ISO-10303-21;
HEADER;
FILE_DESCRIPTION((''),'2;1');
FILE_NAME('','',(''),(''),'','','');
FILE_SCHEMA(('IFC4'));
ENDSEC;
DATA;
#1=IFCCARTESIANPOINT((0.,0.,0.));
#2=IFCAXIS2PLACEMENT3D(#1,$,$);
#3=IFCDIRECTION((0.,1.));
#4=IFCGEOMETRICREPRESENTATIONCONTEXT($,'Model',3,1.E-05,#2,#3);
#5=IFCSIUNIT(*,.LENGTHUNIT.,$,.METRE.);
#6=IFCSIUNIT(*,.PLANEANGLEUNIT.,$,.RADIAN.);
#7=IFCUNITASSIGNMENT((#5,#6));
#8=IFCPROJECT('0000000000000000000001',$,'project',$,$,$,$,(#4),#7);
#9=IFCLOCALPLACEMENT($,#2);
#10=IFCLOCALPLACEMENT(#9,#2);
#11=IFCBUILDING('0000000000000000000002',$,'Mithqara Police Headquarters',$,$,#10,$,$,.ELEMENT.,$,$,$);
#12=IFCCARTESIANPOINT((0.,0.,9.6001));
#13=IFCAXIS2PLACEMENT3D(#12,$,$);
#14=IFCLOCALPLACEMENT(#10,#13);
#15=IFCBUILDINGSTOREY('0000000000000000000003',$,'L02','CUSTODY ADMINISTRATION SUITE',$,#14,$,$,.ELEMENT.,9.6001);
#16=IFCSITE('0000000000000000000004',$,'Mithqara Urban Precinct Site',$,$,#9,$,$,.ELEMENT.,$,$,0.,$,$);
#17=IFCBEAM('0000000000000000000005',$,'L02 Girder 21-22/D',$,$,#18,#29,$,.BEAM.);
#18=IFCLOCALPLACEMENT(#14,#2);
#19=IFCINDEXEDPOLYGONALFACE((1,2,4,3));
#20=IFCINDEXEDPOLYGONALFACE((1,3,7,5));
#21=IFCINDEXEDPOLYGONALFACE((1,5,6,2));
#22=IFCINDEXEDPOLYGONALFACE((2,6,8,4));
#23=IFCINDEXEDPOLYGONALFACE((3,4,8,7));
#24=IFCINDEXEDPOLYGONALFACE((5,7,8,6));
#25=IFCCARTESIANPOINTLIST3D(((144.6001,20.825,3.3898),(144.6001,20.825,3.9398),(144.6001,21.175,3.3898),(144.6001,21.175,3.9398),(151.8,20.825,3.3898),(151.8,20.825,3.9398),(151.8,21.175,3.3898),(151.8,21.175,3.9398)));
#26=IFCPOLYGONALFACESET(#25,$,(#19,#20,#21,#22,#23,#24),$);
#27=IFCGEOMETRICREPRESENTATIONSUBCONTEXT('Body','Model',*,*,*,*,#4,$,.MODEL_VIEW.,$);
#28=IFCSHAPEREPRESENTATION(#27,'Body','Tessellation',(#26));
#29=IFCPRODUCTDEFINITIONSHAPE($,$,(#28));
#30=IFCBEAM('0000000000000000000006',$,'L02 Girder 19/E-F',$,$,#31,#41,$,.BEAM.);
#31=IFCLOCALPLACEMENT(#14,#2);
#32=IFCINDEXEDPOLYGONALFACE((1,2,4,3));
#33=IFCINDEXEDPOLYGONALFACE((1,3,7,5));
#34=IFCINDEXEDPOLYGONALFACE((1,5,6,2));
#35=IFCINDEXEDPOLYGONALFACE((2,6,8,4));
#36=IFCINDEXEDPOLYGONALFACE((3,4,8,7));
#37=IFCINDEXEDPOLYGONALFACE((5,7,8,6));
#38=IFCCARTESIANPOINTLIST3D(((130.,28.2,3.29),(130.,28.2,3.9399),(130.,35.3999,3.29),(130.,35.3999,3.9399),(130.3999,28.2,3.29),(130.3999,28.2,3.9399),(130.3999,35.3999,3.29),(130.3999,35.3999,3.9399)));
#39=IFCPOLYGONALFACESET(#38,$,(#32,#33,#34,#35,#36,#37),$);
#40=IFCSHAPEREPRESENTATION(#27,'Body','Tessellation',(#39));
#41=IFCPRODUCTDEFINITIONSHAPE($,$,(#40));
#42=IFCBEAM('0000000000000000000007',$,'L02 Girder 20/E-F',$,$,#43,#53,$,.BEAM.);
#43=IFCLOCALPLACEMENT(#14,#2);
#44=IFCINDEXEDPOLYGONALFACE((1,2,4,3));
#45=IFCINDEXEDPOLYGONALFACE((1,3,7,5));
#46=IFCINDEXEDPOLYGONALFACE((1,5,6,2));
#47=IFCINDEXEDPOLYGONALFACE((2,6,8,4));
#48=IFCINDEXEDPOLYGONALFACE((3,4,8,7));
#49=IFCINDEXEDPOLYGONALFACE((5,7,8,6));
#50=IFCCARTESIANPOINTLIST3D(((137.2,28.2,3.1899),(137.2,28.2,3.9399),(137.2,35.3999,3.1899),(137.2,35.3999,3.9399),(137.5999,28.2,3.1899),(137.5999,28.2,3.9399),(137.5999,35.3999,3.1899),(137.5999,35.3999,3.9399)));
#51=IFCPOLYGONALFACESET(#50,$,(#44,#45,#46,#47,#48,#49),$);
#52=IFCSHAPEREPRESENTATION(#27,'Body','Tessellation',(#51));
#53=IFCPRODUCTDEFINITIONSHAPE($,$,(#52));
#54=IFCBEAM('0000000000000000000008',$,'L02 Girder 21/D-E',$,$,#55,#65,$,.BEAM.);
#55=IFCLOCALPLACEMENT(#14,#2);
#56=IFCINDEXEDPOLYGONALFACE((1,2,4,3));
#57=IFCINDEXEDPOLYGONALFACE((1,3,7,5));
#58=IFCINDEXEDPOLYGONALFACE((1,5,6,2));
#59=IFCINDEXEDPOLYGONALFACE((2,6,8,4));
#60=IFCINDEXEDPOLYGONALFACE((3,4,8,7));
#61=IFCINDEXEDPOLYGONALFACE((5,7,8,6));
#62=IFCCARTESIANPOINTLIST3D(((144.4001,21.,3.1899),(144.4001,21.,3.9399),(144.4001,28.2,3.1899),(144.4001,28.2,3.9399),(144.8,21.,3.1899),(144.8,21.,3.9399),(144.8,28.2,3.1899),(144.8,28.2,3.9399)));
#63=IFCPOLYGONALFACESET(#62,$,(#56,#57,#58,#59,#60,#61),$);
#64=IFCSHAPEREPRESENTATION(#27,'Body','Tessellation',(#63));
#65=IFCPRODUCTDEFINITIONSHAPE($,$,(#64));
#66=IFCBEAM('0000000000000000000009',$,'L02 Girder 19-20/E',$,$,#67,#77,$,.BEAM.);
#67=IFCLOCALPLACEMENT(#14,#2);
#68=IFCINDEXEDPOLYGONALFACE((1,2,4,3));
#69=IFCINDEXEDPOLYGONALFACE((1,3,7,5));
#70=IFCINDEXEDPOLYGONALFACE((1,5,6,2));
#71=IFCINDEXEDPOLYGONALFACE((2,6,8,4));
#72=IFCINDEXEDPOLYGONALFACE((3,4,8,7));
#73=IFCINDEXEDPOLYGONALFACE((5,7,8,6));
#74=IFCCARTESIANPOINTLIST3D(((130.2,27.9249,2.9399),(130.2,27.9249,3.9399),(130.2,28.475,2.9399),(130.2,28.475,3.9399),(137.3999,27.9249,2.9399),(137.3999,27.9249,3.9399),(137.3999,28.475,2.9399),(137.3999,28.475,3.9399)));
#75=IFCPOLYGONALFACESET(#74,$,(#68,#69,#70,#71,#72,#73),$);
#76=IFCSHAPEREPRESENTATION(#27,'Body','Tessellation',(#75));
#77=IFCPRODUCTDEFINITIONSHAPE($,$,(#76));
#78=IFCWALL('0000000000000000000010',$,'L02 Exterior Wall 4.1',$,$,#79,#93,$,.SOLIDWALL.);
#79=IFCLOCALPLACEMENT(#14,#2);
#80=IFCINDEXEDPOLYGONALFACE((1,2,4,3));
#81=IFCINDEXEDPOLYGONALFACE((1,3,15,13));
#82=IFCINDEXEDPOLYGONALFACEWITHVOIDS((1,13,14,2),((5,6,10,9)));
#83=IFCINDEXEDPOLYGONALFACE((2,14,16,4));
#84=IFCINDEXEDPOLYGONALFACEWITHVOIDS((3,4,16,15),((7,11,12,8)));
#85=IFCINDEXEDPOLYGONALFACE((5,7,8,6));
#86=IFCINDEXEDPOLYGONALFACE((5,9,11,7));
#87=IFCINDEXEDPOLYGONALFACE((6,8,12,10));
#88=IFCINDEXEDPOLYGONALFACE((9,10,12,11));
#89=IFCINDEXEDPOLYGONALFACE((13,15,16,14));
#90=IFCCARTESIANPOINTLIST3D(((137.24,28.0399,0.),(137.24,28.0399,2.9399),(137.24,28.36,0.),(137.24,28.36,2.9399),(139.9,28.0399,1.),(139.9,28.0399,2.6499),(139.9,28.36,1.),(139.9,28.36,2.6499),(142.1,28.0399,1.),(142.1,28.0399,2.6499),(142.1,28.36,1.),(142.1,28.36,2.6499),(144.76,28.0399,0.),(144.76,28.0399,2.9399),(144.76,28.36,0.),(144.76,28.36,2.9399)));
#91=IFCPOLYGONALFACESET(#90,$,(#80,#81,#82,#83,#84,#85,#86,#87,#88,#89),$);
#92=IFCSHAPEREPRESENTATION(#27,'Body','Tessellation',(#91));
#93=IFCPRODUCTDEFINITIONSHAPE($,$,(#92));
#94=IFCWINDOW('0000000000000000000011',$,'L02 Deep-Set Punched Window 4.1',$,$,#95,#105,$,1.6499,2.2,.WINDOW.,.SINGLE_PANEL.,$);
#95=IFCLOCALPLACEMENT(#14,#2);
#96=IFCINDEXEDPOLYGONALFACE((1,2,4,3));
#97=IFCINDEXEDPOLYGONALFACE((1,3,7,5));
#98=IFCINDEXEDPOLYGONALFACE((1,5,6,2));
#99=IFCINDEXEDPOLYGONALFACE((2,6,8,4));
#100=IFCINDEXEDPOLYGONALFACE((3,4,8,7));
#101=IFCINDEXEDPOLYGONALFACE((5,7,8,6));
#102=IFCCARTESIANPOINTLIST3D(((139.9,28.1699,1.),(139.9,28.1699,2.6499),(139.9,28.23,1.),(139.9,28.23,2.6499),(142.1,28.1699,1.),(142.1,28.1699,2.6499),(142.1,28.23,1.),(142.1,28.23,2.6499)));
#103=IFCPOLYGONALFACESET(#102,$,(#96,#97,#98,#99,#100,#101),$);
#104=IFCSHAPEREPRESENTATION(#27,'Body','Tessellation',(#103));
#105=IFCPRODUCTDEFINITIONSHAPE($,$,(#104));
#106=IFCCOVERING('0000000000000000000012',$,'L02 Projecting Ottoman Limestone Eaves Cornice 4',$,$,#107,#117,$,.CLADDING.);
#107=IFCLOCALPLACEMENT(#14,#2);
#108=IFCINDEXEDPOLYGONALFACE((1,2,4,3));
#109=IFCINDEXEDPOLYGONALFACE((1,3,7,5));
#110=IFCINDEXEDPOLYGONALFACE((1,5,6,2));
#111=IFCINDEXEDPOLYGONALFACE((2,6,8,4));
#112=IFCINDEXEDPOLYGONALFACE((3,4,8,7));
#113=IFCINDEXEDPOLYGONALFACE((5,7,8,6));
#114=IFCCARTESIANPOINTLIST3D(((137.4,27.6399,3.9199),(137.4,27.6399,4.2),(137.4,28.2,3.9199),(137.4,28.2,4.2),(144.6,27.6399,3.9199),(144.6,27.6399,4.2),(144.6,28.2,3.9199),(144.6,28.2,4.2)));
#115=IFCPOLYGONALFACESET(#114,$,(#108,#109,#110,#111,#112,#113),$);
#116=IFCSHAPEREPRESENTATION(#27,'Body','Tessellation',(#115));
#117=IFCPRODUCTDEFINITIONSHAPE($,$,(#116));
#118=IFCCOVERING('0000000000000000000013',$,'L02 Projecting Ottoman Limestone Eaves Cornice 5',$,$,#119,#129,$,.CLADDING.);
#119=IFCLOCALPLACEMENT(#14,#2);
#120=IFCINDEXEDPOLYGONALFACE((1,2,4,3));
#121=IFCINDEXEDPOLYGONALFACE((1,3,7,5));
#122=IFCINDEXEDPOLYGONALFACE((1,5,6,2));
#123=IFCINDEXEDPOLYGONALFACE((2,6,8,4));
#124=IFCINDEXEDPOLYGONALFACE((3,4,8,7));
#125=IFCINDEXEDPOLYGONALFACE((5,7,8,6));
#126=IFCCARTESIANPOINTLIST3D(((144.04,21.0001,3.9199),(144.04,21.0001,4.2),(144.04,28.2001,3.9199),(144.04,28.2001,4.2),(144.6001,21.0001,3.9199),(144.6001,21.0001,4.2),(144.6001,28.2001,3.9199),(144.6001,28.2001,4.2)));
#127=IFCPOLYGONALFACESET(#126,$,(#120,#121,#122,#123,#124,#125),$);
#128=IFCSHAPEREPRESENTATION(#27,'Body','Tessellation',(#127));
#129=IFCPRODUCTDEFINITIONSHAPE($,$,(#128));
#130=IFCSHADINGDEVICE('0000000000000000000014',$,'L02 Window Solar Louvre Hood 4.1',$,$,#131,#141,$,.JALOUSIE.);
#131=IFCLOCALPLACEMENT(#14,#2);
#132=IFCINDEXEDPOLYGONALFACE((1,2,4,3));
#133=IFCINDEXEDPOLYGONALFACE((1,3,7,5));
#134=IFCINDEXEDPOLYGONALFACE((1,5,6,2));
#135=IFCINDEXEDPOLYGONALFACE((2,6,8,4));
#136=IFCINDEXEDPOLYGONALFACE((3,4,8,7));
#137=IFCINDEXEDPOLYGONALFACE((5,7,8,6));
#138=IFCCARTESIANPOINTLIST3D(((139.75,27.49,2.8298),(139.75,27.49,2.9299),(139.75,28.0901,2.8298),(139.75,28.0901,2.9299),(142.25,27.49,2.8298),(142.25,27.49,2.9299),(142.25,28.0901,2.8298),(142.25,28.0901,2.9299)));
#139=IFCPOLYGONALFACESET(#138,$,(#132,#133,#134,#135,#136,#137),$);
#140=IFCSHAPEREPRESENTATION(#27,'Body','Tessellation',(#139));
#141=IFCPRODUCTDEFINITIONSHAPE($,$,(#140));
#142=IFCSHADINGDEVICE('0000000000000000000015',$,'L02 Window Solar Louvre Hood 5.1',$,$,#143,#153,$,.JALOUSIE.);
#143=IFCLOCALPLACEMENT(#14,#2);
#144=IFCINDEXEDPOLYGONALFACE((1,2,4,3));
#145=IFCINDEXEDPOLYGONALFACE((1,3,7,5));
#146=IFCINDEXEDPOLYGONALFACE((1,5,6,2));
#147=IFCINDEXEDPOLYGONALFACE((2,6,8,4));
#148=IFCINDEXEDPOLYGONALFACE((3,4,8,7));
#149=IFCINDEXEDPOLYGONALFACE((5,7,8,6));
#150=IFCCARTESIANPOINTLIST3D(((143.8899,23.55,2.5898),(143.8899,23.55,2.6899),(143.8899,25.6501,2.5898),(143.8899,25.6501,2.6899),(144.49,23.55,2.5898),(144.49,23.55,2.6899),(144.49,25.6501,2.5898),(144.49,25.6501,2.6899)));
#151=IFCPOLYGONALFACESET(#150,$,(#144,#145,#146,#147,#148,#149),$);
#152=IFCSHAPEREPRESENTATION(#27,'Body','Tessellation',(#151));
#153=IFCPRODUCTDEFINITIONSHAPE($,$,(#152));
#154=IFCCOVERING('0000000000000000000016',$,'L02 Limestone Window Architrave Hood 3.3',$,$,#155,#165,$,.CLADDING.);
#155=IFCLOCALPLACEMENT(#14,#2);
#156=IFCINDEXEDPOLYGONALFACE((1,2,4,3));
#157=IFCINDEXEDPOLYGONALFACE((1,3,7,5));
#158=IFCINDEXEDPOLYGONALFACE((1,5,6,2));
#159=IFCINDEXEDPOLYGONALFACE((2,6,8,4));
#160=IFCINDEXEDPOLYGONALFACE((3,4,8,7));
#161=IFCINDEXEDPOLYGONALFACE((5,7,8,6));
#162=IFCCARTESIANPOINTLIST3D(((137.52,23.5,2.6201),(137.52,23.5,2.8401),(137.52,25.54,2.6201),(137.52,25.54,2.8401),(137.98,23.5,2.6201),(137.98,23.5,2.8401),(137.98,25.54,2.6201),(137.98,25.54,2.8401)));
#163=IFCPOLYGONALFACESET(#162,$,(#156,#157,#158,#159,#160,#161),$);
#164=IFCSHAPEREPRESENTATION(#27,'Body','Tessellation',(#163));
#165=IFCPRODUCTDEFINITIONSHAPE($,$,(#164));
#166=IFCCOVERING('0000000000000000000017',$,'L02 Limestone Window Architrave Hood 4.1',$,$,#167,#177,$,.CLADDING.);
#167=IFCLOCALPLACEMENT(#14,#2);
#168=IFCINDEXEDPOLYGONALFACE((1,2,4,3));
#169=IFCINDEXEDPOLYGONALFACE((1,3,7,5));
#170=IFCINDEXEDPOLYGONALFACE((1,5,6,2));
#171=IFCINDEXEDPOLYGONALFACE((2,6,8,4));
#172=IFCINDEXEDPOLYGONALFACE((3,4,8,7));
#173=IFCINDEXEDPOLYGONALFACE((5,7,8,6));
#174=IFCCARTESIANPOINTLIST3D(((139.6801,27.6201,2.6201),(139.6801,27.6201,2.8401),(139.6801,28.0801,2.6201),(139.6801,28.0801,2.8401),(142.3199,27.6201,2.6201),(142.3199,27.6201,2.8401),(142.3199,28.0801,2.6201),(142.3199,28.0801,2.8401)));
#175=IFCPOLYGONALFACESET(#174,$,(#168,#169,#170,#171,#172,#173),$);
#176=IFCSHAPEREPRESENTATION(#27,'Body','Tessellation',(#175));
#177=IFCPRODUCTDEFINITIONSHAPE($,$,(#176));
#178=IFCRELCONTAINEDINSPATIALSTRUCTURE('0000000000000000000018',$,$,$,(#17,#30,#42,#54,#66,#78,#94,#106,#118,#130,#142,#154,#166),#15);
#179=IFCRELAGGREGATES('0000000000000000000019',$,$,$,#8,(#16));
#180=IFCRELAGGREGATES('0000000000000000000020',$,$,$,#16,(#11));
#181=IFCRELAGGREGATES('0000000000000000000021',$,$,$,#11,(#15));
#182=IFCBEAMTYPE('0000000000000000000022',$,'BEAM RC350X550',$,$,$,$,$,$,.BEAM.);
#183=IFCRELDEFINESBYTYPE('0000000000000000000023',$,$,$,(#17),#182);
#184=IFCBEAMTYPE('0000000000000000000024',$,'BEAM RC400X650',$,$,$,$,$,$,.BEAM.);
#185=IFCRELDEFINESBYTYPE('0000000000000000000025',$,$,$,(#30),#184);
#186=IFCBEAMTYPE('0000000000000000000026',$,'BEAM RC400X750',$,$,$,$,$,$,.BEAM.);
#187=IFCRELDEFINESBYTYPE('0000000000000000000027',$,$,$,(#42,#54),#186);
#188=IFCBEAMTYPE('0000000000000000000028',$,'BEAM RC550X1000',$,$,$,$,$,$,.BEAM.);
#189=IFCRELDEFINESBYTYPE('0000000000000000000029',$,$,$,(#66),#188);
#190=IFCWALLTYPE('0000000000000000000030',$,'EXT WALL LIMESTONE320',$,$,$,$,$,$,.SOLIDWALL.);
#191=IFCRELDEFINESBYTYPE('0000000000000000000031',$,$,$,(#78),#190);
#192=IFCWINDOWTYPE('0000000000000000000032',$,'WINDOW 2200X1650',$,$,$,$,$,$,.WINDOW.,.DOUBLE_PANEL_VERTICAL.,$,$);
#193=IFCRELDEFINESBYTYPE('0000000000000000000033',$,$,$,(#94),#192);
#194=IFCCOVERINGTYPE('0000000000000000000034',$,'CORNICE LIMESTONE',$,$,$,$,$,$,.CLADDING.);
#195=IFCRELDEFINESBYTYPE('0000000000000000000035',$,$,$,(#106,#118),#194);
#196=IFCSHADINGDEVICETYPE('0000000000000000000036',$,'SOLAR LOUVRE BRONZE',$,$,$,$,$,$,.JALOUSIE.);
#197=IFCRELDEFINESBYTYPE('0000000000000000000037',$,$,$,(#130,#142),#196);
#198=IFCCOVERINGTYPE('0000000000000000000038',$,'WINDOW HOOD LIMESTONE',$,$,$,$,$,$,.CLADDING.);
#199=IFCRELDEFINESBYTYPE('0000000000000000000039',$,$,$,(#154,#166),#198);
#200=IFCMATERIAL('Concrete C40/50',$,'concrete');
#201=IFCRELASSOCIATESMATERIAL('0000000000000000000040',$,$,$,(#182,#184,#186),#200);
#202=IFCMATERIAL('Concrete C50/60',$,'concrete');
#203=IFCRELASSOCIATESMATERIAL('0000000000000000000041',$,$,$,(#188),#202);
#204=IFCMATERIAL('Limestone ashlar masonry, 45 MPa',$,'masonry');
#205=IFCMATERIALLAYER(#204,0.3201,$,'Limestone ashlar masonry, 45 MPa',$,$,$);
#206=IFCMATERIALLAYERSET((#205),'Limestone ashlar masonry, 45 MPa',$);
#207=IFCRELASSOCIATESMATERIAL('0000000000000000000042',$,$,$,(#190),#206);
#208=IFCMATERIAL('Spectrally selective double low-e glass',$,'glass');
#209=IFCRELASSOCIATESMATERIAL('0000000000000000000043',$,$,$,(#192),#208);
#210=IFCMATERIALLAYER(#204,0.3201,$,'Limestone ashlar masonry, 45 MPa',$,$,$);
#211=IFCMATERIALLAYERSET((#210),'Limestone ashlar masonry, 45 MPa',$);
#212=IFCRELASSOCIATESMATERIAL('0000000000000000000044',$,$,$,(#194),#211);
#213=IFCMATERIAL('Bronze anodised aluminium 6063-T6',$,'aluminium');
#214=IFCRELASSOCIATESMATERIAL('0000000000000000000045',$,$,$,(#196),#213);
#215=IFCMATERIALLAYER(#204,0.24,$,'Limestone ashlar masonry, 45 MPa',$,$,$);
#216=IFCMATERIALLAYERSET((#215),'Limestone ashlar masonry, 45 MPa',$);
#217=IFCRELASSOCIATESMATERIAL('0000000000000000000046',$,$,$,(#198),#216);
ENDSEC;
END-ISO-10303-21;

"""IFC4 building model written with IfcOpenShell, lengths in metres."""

from ifc_helpers import new_model, si_unit, direction, frame, frame_2d, origin, origin_2d, place, context, subcontext, project, spatial, rectangle, extrude, material, layer, layer_set, material_profile, profile_set, type_object, element, fill, save


model = new_model("IFC4")

# Units and contexts
model_context = context("Model", 3, precision=1e-05, world=origin(), true_north=direction((0.0, 1.0)))
body_context = subcontext(model_context, "Body", "Model", "MODEL_VIEW")
ifc_project = project(units=[si_unit("LENGTHUNIT", "METRE"), si_unit("PLANEANGLEUNIT", "RADIAN")], contexts=[model_context])

# Site, building, storey
site_placement = place(None, origin())
site = spatial("IfcSite", under=ifc_project, at=site_placement, Name="Mithqara Urban Precinct Site", CompositionType="ELEMENT", RefElevation=0.0)
building_placement = place(site_placement, origin())
building = spatial("IfcBuilding", under=site, at=building_placement, Name="Mithqara Police Headquarters", CompositionType="ELEMENT")
storey_placement = place(building_placement, frame((0.0, 0.0, 9.6001)))
storey = spatial("IfcBuildingStorey", under=building, at=storey_placement, Name="L02", Description="CUSTODY ADMINISTRATION SUITE", CompositionType="ELEMENT", Elevation=9.6001)

# Shared definitions
ifc_material_1 = material(Name="Concrete C50/60", Category="concrete")

# Beams
ifc_material_2 = material(Name="Concrete C40/50", Category="concrete")
ifc_material_profile_1 = material_profile(ifc_material_2, rectangle(XDim=0.3501, YDim=0.55, at=origin_2d()), Name="RC 350x550")
ifc_profile_set_1 = profile_set([ifc_material_profile_1], Name="Concrete C40/50")
beam_type_1 = type_object("IfcBeamType", Name="BEAM RC350X550", PredefinedType="BEAM", material=ifc_profile_set_1)
beam_1_placement = place(storey_placement, frame((144.6001, 21.0, 3.6648), z_axis=(1.0, 0.0, 0.0), x_axis=(0.0, 1.0, 0.0)))
element("IfcBeam", 1, at=beam_1_placement, inside=storey, type_object=beam_type_1, Name="L02 Girder 21-22/D", PredefinedType="BEAM", context=body_context, shape_type="SweptSolid", body=[
    extrude(rectangle(XDim=0.3501, YDim=0.55, at=origin_2d()), origin(), (0.0, 0.0, 1.0), 7.2),
])
ifc_material_profile_2 = material_profile(ifc_material_2, rectangle(XDim=0.3999, YDim=0.6499, at=origin_2d()), Name="RC 400x650")
ifc_profile_set_2 = profile_set([ifc_material_profile_2], Name="Concrete C40/50")
beam_type_2 = type_object("IfcBeamType", Name="BEAM RC400X650", PredefinedType="BEAM", material=ifc_profile_set_2)
beam_2_placement = place(storey_placement, frame((130.2, 28.2, 3.615), z_axis=(0.0, 1.0, 0.0), x_axis=(-1.0, 0.0, 0.0)))
element("IfcBeam", 2, at=beam_2_placement, inside=storey, type_object=beam_type_2, Name="L02 Girder 19/E-F", PredefinedType="BEAM", context=body_context, shape_type="SweptSolid", body=[
    extrude(rectangle(XDim=0.3999, YDim=0.6499, at=origin_2d()), origin(), (0.0, 0.0, 1.0), 7.2),
])
ifc_material_profile_3 = material_profile(ifc_material_2, rectangle(XDim=0.3999, YDim=0.75, at=origin_2d()), Name="RC 400x750")
ifc_profile_set_3 = profile_set([ifc_material_profile_3], Name="Concrete C40/50")
beam_type_3 = type_object("IfcBeamType", Name="BEAM RC400X750", PredefinedType="BEAM", material=ifc_profile_set_3)
for number, where, z_axis, x_axis, name in (
    (3, (137.3999, 28.2, 3.5649), (0.0, 1.0, 0.0), (-1.0, 0.0, 0.0), "L02 Girder 20/E-F"),
    (4, (144.6001, 21.0, 3.5649), (0.0, 1.0, 0.0), (-1.0, 0.0, 0.0), "L02 Girder 21/D-E"),
):
    element("IfcBeam", number, at=place(storey_placement, frame(where, z_axis=z_axis, x_axis=x_axis)), inside=storey, type_object=beam_type_3, Name=name, PredefinedType="BEAM", context=body_context, shape_type="SweptSolid", body=[
        extrude(rectangle(XDim=0.3999, YDim=0.75, at=origin_2d()), origin(), (0.0, 0.0, 1.0), 7.2),
    ])
ifc_material_profile_4 = material_profile(ifc_material_1, rectangle(XDim=0.55, YDim=1.0, at=origin_2d()), Name="RC 550x1000")
ifc_profile_set_4 = profile_set([ifc_material_profile_4], Name="Concrete C50/60")
beam_type_4 = type_object("IfcBeamType", Name="BEAM RC550X1000", PredefinedType="BEAM", material=ifc_profile_set_4)
beam_3_placement = place(storey_placement, frame((130.2, 28.2, 3.4399), z_axis=(1.0, 0.0, 0.0), x_axis=(0.0, 1.0, 0.0)))
element("IfcBeam", 5, at=beam_3_placement, inside=storey, type_object=beam_type_4, Name="L02 Girder 19-20/E", PredefinedType="BEAM", context=body_context, shape_type="SweptSolid", body=[
    extrude(rectangle(XDim=0.55, YDim=1.0, at=origin_2d()), origin(), (0.0, 0.0, 1.0), 7.2),
])

# Wall, opening, window
ifc_material_3 = material(Name="Limestone ashlar masonry, 45 MPa", Category="masonry")
ifc_layer_1 = layer(ifc_material_3, 0.3201, Name="Limestone ashlar masonry, 45 MPa")
ifc_layer_set_1 = layer_set([ifc_layer_1], Name="Limestone ashlar masonry, 45 MPa")
wall_type = type_object("IfcWallType", Name="EXT WALL LIMESTONE320", PredefinedType="SOLIDWALL", material=ifc_layer_set_1)
wall_placement = place(storey_placement, frame((137.24, 28.2, 0.0), z_axis=(0.0, 0.0, 1.0), x_axis=(1.0, 0.0, 0.0)))
wall = element("IfcWall", 6, at=wall_placement, inside=storey, type_object=wall_type, Name="L02 Exterior Wall 4.1", PredefinedType="SOLIDWALL", context=body_context, shape_type="SweptSolid", body=[
    extrude(rectangle(XDim=7.52, YDim=0.3201, at=frame_2d((3.76, 0.0))), origin(), (0.0, 0.0, 1.0), 2.9399),
])
opening_placement = place(wall_placement, frame((2.6599, 0.0, 1.0)))
opening = element("IfcOpeningElement", 7, at=opening_placement, cuts=wall, PredefinedType="OPENING", context=body_context, shape_type="SweptSolid", body=[
    extrude(rectangle(XDim=2.2, YDim=1.6499, at=frame_2d((1.1001, 0.825))), frame((0.0, 0.1699, 0.0), z_axis=(0.0, -1.0, 0.0), x_axis=(1.0, 0.0, 0.0)), (0.0, 0.0, 1.0), 0.3401),
])
ifc_material_4 = material(Name="Spectrally selective double low-e glass", Category="glass")
window_type = type_object("IfcWindowType", Name="WINDOW 2200X1650", PartitioningType="DOUBLE_PANEL_VERTICAL", PredefinedType="WINDOW", material=ifc_material_4)
window_placement = place(opening_placement, origin())
window = element("IfcWindow", 8, at=window_placement, inside=storey, type_object=window_type, Name="L02 Deep-Set Punched Window 4.1", OverallHeight=1.6499, OverallWidth=2.2, PartitioningType="SINGLE_PANEL", PredefinedType="WINDOW", context=body_context, shape_type="SweptSolid", body=[
    extrude(rectangle(XDim=2.2, YDim=1.6499, at=frame_2d((1.1001, 0.825))), frame((0.0, 0.03, 0.0), z_axis=(0.0, -1.0, 0.0), x_axis=(1.0, 0.0, 0.0)), (0.0, 0.0, 1.0), 0.0601),
])
fill(opening, window)

# Coverings
ifc_layer_2 = layer(ifc_material_3, 0.3201, Name="Limestone ashlar masonry, 45 MPa")
ifc_layer_set_2 = layer_set([ifc_layer_2], Name="Limestone ashlar masonry, 45 MPa")
covering_type_1 = type_object("IfcCoveringType", Name="CORNICE LIMESTONE", PredefinedType="CLADDING", material=ifc_layer_set_2)
for number, where, z_axis, x_axis, name in (
    (9, (141.0, 27.9199, 3.9199), (0.0, 0.0, 1.0), (1.0, 0.0, 0.0), "L02 Projecting Ottoman Limestone Eaves Cornice 4"),
    (10, (144.3201, 24.6001, 3.9199), (0.0, 0.0, 1.0), (0.0, 1.0, 0.0), "L02 Projecting Ottoman Limestone Eaves Cornice 5"),
):
    element("IfcCovering", number, at=place(storey_placement, frame(where, z_axis=z_axis, x_axis=x_axis)), inside=storey, type_object=covering_type_1, Name=name, PredefinedType="CLADDING", context=body_context, shape_type="SweptSolid", body=[
        extrude(rectangle(XDim=7.2, YDim=0.5601, at=origin_2d()), origin(), (0.0, 0.0, 1.0), 0.28),
    ])

# Shading devices
ifc_material_5 = material(Name="Bronze anodised aluminium 6063-T6", Category="aluminium")
shading_device_type = type_object("IfcShadingDeviceType", Name="SOLAR LOUVRE BRONZE", PredefinedType="JALOUSIE", material=ifc_material_5)
shading_device_1_placement = place(storey_placement, frame((141.0, 27.79, 2.8298), z_axis=(0.0, 0.0, 1.0), x_axis=(1.0, 0.0, 0.0)))
element("IfcShadingDevice", 11, at=shading_device_1_placement, inside=storey, type_object=shading_device_type, Name="L02 Window Solar Louvre Hood 4.1", PredefinedType="JALOUSIE", context=body_context, shape_type="SweptSolid", body=[
    extrude(rectangle(XDim=2.5, YDim=0.6001, at=origin_2d()), origin(), (0.0, 0.0, 1.0), 0.1001),
])
shading_device_2_placement = place(storey_placement, frame((144.1899, 24.6001, 2.5898), z_axis=(0.0, 0.0, 1.0), x_axis=(0.0, 1.0, 0.0)))
element("IfcShadingDevice", 12, at=shading_device_2_placement, inside=storey, type_object=shading_device_type, Name="L02 Window Solar Louvre Hood 5.1", PredefinedType="JALOUSIE", context=body_context, shape_type="SweptSolid", body=[
    extrude(rectangle(XDim=2.1001, YDim=0.6001, at=origin_2d()), origin(), (0.0, 0.0, 1.0), 0.1001),
])

# Coverings
ifc_layer_3 = layer(ifc_material_3, 0.24, Name="Limestone ashlar masonry, 45 MPa")
ifc_layer_set_3 = layer_set([ifc_layer_3], Name="Limestone ashlar masonry, 45 MPa")
covering_type_2 = type_object("IfcCoveringType", Name="WINDOW HOOD LIMESTONE", PredefinedType="CLADDING", material=ifc_layer_set_3)
covering_1_placement = place(storey_placement, frame((137.75, 24.52, 2.6201), z_axis=(0.0, 0.0, 1.0), x_axis=(0.0, 1.0, 0.0)))
element("IfcCovering", 13, at=covering_1_placement, inside=storey, type_object=covering_type_2, Name="L02 Limestone Window Architrave Hood 3.3", PredefinedType="CLADDING", context=body_context, shape_type="SweptSolid", body=[
    extrude(rectangle(XDim=2.04, YDim=0.46, at=origin_2d()), origin(), (0.0, 0.0, 1.0), 0.22),
])
covering_2_placement = place(storey_placement, frame((141.0, 27.8501, 2.6201), z_axis=(0.0, 0.0, 1.0), x_axis=(1.0, 0.0, 0.0)))
element("IfcCovering", 14, at=covering_2_placement, inside=storey, type_object=covering_type_2, Name="L02 Limestone Window Architrave Hood 4.1", PredefinedType="CLADDING", context=body_context, shape_type="SweptSolid", body=[
    extrude(rectangle(XDim=2.6399, YDim=0.46, at=origin_2d()), origin(), (0.0, 0.0, 1.0), 0.22),
])

save(model, "model.ifc")
